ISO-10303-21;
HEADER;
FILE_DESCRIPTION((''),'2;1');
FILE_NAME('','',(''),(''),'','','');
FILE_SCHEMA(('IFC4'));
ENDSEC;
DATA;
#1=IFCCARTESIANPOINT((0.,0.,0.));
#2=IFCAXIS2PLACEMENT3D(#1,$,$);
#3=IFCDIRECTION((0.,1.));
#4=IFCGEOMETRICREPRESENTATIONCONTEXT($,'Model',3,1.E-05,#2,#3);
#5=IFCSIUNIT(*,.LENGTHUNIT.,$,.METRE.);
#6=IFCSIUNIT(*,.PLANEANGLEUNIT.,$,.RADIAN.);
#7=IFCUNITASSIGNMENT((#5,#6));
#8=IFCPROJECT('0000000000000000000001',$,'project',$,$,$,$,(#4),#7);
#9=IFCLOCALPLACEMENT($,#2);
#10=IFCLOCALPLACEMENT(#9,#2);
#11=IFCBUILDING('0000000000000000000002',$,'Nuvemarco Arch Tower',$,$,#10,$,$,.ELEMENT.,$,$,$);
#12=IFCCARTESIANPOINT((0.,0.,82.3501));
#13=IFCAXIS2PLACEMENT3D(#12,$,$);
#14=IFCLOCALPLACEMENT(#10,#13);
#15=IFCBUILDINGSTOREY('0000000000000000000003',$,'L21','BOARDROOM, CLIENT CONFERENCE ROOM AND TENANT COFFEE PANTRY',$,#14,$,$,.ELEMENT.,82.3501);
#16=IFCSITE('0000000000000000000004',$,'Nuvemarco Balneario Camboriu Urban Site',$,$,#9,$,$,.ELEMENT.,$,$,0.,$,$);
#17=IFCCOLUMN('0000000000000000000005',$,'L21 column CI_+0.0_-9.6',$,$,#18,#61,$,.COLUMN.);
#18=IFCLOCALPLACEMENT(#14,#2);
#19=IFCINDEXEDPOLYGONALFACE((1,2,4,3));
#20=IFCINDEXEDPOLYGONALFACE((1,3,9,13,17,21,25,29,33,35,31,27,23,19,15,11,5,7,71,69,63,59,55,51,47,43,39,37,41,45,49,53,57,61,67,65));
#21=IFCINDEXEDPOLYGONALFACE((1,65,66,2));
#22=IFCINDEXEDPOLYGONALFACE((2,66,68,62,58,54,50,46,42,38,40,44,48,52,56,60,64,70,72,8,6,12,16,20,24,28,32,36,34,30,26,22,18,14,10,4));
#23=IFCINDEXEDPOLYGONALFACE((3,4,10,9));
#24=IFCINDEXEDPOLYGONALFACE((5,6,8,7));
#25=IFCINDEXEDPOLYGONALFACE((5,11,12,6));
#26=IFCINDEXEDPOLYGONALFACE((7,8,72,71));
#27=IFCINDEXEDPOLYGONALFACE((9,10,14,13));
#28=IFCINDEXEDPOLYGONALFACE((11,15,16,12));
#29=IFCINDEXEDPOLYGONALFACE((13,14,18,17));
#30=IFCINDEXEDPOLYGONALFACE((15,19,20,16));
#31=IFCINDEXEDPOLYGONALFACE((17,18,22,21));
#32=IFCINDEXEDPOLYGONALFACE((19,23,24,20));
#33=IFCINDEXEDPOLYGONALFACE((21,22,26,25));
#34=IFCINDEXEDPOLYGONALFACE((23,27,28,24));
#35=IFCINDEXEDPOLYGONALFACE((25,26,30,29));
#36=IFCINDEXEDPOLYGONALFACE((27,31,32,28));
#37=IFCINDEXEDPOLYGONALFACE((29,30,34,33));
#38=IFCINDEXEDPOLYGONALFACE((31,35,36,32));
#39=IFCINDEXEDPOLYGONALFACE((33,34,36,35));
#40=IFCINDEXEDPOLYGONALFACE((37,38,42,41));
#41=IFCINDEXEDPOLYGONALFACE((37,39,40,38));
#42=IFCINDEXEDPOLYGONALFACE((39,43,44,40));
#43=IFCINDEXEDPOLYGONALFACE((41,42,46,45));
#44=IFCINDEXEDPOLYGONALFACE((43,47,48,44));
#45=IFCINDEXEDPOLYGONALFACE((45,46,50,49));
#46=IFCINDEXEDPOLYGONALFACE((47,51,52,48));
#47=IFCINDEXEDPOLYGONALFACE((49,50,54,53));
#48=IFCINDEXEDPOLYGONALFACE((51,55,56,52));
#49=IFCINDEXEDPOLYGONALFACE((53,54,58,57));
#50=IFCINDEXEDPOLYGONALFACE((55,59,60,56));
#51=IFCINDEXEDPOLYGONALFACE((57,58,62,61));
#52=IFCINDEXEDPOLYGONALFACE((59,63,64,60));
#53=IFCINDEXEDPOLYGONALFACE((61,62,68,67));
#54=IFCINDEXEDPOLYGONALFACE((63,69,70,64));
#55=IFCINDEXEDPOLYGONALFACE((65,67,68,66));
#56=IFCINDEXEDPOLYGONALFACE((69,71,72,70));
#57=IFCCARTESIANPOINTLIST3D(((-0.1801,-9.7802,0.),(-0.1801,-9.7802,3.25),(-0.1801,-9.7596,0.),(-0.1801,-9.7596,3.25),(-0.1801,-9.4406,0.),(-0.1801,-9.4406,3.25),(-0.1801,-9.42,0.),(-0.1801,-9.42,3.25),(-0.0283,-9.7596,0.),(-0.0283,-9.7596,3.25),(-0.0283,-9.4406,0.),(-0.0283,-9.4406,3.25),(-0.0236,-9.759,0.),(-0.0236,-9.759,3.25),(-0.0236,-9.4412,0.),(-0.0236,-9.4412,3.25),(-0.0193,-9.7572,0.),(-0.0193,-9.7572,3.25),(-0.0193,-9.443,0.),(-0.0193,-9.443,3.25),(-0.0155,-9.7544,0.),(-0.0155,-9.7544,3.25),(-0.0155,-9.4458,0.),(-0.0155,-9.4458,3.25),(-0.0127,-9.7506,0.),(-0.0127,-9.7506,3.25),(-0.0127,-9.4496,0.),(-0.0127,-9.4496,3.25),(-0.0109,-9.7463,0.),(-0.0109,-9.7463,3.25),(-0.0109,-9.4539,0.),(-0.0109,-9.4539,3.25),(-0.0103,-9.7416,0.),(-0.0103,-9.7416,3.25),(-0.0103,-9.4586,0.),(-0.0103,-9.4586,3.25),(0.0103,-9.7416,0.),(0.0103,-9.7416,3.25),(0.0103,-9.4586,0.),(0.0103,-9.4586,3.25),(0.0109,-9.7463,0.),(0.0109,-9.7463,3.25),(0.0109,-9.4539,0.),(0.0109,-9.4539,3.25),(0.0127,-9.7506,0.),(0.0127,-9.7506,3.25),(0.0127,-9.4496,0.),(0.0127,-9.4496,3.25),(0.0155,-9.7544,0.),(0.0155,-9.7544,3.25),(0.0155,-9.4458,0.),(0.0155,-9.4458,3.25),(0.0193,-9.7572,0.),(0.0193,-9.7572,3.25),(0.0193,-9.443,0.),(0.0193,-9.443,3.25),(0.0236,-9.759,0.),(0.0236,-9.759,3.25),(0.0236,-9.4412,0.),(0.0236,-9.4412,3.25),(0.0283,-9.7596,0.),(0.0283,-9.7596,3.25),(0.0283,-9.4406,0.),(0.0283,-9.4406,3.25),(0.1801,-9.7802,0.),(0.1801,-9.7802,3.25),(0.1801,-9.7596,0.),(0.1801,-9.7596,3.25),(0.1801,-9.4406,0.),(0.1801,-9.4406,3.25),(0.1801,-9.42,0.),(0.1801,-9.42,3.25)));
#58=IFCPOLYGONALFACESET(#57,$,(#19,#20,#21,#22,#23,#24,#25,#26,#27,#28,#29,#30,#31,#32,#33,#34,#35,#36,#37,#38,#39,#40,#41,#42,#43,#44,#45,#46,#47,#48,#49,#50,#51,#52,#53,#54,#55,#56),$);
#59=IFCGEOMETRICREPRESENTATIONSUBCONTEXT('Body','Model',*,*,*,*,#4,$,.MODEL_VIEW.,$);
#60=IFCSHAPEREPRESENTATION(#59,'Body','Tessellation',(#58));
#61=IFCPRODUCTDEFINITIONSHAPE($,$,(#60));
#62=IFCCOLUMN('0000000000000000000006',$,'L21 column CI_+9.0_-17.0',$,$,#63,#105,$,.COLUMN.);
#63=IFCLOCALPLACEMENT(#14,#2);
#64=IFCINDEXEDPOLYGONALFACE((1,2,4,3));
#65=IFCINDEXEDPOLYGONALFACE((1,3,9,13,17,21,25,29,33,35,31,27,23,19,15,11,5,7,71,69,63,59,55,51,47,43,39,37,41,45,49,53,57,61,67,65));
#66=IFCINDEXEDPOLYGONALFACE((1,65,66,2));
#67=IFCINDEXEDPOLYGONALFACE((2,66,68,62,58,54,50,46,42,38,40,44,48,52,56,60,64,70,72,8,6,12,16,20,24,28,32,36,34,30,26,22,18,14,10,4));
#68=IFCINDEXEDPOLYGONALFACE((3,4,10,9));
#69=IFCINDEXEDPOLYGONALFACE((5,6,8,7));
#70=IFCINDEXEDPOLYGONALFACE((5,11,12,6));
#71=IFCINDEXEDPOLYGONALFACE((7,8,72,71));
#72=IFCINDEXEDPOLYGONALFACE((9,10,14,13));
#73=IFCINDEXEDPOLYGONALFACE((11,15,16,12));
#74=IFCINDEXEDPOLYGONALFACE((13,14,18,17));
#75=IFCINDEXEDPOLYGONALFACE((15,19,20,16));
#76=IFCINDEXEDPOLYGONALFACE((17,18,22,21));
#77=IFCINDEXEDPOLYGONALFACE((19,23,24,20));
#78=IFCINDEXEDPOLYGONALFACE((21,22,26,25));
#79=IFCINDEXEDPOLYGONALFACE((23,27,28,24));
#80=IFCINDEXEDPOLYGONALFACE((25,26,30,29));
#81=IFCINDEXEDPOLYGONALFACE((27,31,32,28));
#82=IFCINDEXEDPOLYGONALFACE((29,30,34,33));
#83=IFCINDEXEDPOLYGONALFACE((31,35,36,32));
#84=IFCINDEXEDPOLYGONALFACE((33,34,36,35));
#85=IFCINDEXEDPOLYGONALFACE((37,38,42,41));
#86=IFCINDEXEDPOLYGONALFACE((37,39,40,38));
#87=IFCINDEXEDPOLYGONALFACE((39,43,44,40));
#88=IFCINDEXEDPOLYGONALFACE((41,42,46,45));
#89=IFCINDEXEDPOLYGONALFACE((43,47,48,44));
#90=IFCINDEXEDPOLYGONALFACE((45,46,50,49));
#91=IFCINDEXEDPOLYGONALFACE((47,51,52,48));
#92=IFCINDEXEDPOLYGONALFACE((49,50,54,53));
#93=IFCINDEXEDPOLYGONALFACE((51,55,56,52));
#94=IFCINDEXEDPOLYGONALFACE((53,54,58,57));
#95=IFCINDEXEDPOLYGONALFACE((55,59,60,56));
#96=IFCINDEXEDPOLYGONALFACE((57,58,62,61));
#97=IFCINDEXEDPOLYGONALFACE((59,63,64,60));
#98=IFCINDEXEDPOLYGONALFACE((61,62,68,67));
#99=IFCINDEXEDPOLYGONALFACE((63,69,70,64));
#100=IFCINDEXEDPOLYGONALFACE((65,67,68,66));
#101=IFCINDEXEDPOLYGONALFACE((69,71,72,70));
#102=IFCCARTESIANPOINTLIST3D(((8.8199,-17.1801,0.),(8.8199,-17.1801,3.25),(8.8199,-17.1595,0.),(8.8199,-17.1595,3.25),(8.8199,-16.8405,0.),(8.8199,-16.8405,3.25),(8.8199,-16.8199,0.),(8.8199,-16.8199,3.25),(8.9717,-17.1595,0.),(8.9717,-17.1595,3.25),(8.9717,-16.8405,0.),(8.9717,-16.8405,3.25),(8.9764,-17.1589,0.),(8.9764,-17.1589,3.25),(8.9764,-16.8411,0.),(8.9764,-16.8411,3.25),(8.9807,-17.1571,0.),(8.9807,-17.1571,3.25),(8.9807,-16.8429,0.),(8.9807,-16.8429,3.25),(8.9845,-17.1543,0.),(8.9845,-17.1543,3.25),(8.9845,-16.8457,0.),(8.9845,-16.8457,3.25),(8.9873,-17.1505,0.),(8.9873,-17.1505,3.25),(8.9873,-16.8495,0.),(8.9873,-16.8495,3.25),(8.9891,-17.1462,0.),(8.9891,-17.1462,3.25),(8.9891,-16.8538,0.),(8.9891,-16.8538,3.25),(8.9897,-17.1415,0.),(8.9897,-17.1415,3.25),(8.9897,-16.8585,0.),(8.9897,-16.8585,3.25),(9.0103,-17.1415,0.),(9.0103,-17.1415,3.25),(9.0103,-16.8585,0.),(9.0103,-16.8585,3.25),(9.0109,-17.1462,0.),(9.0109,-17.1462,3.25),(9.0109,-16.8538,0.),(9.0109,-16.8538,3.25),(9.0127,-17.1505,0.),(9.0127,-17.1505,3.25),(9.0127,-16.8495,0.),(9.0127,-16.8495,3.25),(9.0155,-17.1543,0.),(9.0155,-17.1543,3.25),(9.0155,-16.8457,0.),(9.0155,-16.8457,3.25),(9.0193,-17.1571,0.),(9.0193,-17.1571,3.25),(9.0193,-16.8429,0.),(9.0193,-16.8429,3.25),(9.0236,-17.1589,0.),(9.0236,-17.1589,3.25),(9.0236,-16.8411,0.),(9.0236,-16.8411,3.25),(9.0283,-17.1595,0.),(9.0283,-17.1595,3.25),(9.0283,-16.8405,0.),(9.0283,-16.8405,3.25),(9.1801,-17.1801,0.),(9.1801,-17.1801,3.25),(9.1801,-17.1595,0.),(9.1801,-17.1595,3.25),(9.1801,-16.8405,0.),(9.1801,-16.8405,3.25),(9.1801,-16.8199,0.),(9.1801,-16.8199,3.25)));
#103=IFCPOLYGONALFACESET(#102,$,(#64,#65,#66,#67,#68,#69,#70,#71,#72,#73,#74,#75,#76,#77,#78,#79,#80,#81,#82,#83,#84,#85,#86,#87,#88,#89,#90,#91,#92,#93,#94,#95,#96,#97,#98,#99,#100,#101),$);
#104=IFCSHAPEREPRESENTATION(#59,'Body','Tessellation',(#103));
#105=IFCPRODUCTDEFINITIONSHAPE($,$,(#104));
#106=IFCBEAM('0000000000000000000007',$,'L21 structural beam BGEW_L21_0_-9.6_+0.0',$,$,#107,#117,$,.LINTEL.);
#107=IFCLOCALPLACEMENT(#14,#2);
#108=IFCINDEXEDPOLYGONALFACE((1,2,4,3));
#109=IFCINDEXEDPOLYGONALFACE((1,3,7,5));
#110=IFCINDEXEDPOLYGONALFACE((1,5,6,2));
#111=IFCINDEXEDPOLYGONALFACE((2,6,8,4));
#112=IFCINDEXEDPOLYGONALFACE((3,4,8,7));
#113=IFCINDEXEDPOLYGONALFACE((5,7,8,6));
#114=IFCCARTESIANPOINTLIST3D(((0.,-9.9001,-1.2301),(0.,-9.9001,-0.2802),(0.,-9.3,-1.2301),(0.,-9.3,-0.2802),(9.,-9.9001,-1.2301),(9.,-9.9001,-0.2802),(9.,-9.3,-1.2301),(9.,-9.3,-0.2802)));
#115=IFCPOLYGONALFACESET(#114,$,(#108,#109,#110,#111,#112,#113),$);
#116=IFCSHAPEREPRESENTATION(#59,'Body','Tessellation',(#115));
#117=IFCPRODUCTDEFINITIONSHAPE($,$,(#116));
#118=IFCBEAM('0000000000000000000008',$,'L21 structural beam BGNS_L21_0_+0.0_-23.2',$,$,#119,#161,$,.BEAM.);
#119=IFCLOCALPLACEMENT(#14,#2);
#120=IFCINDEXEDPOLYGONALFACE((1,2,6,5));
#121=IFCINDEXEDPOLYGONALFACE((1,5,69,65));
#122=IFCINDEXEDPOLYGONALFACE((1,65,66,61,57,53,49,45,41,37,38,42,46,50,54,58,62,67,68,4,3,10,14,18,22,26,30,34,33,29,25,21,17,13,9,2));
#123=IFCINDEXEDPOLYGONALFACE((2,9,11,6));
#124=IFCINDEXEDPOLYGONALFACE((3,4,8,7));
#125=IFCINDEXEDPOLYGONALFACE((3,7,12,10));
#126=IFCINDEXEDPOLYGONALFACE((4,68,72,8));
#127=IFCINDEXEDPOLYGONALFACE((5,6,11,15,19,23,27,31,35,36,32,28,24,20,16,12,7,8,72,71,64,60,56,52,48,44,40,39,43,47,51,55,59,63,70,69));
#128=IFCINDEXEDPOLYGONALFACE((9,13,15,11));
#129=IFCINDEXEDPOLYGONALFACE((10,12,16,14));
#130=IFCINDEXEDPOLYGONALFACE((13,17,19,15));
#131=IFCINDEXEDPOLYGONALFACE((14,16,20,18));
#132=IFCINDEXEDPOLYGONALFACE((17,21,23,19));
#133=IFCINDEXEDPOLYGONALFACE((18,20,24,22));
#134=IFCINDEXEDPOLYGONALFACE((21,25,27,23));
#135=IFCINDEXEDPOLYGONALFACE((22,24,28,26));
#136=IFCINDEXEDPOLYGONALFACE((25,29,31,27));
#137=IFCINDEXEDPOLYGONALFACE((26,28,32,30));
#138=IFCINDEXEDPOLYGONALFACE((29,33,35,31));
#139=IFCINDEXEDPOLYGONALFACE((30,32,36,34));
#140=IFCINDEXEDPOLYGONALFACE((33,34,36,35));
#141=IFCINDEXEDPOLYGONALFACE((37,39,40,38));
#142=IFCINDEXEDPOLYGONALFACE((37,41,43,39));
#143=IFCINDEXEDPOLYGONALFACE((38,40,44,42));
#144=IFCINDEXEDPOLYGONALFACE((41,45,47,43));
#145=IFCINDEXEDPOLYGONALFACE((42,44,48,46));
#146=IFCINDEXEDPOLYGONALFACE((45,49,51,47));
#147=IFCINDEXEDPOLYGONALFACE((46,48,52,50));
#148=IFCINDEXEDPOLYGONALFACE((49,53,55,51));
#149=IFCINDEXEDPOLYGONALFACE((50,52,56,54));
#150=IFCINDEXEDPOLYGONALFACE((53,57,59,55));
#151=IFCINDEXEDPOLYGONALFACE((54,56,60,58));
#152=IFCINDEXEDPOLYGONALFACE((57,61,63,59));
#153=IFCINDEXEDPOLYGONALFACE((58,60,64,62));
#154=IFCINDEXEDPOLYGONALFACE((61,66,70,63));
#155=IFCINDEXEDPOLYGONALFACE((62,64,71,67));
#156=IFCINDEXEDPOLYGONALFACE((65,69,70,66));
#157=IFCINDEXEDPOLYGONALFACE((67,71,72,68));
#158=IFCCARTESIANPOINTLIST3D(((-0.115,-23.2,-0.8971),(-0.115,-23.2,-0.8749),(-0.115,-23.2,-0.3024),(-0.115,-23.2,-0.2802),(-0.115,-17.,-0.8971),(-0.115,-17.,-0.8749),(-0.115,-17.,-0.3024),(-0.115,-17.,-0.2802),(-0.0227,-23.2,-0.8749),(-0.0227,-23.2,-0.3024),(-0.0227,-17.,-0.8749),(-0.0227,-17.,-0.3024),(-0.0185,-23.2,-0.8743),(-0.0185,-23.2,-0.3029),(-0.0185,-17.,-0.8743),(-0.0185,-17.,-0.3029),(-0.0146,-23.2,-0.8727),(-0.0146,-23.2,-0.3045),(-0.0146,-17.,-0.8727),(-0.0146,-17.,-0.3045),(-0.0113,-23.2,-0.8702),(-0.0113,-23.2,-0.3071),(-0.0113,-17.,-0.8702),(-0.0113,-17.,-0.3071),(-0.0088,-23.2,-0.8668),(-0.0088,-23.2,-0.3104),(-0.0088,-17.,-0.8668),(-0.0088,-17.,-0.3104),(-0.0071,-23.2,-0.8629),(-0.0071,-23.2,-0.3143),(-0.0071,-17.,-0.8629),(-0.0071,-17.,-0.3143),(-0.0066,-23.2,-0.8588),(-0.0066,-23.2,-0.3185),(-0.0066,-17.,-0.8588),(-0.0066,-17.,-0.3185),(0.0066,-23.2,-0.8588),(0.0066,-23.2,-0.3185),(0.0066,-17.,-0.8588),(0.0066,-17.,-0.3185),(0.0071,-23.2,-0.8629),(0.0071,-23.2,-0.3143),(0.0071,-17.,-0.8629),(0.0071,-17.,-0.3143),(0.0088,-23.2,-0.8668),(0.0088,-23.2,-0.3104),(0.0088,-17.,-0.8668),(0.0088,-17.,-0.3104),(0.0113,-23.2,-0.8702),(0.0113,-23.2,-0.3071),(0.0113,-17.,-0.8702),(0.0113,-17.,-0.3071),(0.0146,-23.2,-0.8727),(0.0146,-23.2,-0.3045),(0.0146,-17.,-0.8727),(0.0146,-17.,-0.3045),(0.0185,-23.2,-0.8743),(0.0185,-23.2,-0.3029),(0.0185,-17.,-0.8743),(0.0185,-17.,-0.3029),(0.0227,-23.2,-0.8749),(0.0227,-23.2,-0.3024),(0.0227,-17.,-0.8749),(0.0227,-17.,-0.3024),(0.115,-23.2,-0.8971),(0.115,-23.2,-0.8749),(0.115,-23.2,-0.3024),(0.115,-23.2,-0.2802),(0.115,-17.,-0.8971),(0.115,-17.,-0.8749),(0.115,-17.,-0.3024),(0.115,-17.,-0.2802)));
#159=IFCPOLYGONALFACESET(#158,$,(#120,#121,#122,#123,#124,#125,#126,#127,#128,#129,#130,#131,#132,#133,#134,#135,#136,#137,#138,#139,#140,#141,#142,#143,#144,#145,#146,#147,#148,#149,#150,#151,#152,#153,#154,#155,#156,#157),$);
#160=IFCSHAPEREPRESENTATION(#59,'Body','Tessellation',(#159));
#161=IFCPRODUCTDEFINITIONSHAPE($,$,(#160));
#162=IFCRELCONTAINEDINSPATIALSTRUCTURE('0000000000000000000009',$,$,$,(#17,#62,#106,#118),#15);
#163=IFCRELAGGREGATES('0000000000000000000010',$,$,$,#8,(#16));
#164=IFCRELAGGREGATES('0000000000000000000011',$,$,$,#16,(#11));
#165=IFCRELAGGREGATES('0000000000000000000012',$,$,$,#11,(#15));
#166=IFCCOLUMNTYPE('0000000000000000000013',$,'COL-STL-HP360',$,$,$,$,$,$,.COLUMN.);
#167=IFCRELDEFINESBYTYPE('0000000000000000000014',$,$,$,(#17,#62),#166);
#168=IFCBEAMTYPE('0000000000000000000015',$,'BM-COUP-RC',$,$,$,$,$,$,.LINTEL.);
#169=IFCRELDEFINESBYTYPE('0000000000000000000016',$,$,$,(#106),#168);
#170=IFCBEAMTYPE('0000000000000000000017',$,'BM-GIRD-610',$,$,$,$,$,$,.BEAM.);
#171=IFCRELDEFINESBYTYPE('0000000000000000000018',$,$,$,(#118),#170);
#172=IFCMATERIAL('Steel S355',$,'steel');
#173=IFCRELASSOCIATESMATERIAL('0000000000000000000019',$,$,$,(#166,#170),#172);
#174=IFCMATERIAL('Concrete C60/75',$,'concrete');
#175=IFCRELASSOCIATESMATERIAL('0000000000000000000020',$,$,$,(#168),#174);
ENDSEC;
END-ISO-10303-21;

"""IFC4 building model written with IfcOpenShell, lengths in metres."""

from ifc_helpers import new_model, si_unit, direction, frame, origin, origin_2d, place, context, subcontext, project, spatial, rectangle, i_section, extrude, material, material_profile, profile_set, type_object, element, save


model = new_model("IFC4")

# Units and contexts
model_context = context("Model", 3, precision=1e-05, world=origin(), true_north=direction((0.0, 1.0)))
body_context = subcontext(model_context, "Body", "Model", "MODEL_VIEW")
ifc_project = project(units=[si_unit("LENGTHUNIT", "METRE"), si_unit("PLANEANGLEUNIT", "RADIAN")], contexts=[model_context])

# Site, building, storey
site_placement = place(None, origin())
site = spatial("IfcSite", under=ifc_project, at=site_placement, Name="Nuvemarco Balneario Camboriu Urban Site", CompositionType="ELEMENT", RefElevation=0.0)
building_placement = place(site_placement, origin())
building = spatial("IfcBuilding", under=site, at=building_placement, Name="Nuvemarco Arch Tower", CompositionType="ELEMENT")
storey_placement = place(building_placement, frame((0.0, 0.0, 82.3501)))
storey = spatial("IfcBuildingStorey", under=building, at=storey_placement, Name="L21", Description="BOARDROOM, CLIENT CONFERENCE ROOM AND TENANT COFFEE PANTRY", CompositionType="ELEMENT", Elevation=82.3501)

# Columns
ifc_material_1 = material(Name="Steel S355", Category="steel")
ifc_material_profile_1 = material_profile(ifc_material_1, i_section(OverallWidth=0.3601, OverallDepth=0.3601, WebThickness=0.0205, FlangeThickness=0.0205, FilletRadius=0.0181, at=origin_2d()), Name="HP360x174")
ifc_profile_set_1 = profile_set([ifc_material_profile_1], Name="Steel S355")
column_type_1 = type_object("IfcColumnType", Name="COL-STL-HP360", PredefinedType="COLUMN", material=ifc_profile_set_1)
for number, where, z_axis, x_axis, name in (
    (1, (0.0, -9.6001, 0.0), (0.0, 0.0, 1.0), (1.0, 0.0, 0.0), "L21 column CI_+0.0_-9.6"),
    (2, (9.0, -17.0, 0.0), (0.0, 0.0, 1.0), (1.0, 0.0, 0.0), "L21 column CI_+9.0_-17.0"),
):
    element("IfcColumn", number, at=place(storey_placement, frame(where, z_axis=z_axis, x_axis=x_axis)), inside=storey, type_object=column_type_1, Name=name, PredefinedType="COLUMN", context=body_context, shape_type="SweptSolid", body=[
        extrude(i_section(OverallWidth=0.3601, OverallDepth=0.3601, WebThickness=0.0205, FlangeThickness=0.0205, FilletRadius=0.0181, at=origin_2d()), origin(), (0.0, 0.0, 1.0), 3.25),
    ])

# Beams
ifc_material_2 = material(Name="Concrete C60/75", Category="concrete")
ifc_material_profile_2 = material_profile(ifc_material_2, rectangle(XDim=0.6001, YDim=0.95, at=origin_2d()), Name="RC-BM-600x950")
ifc_profile_set_2 = profile_set([ifc_material_profile_2], Name="Concrete C60/75")
beam_type_1 = type_object("IfcBeamType", Name="BM-COUP-RC", PredefinedType="LINTEL", material=ifc_profile_set_2)
beam_1_placement = place(storey_placement, frame((0.0, -9.6001, -0.7551), z_axis=(1.0, 0.0, 0.0), x_axis=(0.0, 1.0, 0.0)))
element("IfcBeam", 3, at=beam_1_placement, inside=storey, type_object=beam_type_1, Name="L21 structural beam BGEW_L21_0_-9.6_+0.0", PredefinedType="LINTEL", context=body_context, shape_type="SweptSolid", body=[
    extrude(rectangle(XDim=0.6001, YDim=0.95, at=origin_2d()), origin(), (0.0, 0.0, 1.0), 9.0),
])
ifc_material_profile_3 = material_profile(ifc_material_1, i_section(OverallWidth=0.23, OverallDepth=0.6169, WebThickness=0.0132, FlangeThickness=0.0222, FilletRadius=0.0161, at=origin_2d()), Name="W610x140")
ifc_profile_set_3 = profile_set([ifc_material_profile_3], Name="Steel S355")
beam_type_2 = type_object("IfcBeamType", Name="BM-GIRD-610", PredefinedType="BEAM", material=ifc_profile_set_3)
beam_2_placement = place(storey_placement, frame((0.0, -23.2, -0.5886), z_axis=(0.0, 1.0, 0.0), x_axis=(-1.0, 0.0, 0.0)))
element("IfcBeam", 4, at=beam_2_placement, inside=storey, type_object=beam_type_2, Name="L21 structural beam BGNS_L21_0_+0.0_-23.2", PredefinedType="BEAM", context=body_context, shape_type="SweptSolid", body=[
    extrude(i_section(OverallWidth=0.23, OverallDepth=0.6169, WebThickness=0.0132, FlangeThickness=0.0222, FilletRadius=0.0161, at=origin_2d()), origin(), (0.0, 0.0, 1.0), 6.2),
])

save(model, "model.ifc")
